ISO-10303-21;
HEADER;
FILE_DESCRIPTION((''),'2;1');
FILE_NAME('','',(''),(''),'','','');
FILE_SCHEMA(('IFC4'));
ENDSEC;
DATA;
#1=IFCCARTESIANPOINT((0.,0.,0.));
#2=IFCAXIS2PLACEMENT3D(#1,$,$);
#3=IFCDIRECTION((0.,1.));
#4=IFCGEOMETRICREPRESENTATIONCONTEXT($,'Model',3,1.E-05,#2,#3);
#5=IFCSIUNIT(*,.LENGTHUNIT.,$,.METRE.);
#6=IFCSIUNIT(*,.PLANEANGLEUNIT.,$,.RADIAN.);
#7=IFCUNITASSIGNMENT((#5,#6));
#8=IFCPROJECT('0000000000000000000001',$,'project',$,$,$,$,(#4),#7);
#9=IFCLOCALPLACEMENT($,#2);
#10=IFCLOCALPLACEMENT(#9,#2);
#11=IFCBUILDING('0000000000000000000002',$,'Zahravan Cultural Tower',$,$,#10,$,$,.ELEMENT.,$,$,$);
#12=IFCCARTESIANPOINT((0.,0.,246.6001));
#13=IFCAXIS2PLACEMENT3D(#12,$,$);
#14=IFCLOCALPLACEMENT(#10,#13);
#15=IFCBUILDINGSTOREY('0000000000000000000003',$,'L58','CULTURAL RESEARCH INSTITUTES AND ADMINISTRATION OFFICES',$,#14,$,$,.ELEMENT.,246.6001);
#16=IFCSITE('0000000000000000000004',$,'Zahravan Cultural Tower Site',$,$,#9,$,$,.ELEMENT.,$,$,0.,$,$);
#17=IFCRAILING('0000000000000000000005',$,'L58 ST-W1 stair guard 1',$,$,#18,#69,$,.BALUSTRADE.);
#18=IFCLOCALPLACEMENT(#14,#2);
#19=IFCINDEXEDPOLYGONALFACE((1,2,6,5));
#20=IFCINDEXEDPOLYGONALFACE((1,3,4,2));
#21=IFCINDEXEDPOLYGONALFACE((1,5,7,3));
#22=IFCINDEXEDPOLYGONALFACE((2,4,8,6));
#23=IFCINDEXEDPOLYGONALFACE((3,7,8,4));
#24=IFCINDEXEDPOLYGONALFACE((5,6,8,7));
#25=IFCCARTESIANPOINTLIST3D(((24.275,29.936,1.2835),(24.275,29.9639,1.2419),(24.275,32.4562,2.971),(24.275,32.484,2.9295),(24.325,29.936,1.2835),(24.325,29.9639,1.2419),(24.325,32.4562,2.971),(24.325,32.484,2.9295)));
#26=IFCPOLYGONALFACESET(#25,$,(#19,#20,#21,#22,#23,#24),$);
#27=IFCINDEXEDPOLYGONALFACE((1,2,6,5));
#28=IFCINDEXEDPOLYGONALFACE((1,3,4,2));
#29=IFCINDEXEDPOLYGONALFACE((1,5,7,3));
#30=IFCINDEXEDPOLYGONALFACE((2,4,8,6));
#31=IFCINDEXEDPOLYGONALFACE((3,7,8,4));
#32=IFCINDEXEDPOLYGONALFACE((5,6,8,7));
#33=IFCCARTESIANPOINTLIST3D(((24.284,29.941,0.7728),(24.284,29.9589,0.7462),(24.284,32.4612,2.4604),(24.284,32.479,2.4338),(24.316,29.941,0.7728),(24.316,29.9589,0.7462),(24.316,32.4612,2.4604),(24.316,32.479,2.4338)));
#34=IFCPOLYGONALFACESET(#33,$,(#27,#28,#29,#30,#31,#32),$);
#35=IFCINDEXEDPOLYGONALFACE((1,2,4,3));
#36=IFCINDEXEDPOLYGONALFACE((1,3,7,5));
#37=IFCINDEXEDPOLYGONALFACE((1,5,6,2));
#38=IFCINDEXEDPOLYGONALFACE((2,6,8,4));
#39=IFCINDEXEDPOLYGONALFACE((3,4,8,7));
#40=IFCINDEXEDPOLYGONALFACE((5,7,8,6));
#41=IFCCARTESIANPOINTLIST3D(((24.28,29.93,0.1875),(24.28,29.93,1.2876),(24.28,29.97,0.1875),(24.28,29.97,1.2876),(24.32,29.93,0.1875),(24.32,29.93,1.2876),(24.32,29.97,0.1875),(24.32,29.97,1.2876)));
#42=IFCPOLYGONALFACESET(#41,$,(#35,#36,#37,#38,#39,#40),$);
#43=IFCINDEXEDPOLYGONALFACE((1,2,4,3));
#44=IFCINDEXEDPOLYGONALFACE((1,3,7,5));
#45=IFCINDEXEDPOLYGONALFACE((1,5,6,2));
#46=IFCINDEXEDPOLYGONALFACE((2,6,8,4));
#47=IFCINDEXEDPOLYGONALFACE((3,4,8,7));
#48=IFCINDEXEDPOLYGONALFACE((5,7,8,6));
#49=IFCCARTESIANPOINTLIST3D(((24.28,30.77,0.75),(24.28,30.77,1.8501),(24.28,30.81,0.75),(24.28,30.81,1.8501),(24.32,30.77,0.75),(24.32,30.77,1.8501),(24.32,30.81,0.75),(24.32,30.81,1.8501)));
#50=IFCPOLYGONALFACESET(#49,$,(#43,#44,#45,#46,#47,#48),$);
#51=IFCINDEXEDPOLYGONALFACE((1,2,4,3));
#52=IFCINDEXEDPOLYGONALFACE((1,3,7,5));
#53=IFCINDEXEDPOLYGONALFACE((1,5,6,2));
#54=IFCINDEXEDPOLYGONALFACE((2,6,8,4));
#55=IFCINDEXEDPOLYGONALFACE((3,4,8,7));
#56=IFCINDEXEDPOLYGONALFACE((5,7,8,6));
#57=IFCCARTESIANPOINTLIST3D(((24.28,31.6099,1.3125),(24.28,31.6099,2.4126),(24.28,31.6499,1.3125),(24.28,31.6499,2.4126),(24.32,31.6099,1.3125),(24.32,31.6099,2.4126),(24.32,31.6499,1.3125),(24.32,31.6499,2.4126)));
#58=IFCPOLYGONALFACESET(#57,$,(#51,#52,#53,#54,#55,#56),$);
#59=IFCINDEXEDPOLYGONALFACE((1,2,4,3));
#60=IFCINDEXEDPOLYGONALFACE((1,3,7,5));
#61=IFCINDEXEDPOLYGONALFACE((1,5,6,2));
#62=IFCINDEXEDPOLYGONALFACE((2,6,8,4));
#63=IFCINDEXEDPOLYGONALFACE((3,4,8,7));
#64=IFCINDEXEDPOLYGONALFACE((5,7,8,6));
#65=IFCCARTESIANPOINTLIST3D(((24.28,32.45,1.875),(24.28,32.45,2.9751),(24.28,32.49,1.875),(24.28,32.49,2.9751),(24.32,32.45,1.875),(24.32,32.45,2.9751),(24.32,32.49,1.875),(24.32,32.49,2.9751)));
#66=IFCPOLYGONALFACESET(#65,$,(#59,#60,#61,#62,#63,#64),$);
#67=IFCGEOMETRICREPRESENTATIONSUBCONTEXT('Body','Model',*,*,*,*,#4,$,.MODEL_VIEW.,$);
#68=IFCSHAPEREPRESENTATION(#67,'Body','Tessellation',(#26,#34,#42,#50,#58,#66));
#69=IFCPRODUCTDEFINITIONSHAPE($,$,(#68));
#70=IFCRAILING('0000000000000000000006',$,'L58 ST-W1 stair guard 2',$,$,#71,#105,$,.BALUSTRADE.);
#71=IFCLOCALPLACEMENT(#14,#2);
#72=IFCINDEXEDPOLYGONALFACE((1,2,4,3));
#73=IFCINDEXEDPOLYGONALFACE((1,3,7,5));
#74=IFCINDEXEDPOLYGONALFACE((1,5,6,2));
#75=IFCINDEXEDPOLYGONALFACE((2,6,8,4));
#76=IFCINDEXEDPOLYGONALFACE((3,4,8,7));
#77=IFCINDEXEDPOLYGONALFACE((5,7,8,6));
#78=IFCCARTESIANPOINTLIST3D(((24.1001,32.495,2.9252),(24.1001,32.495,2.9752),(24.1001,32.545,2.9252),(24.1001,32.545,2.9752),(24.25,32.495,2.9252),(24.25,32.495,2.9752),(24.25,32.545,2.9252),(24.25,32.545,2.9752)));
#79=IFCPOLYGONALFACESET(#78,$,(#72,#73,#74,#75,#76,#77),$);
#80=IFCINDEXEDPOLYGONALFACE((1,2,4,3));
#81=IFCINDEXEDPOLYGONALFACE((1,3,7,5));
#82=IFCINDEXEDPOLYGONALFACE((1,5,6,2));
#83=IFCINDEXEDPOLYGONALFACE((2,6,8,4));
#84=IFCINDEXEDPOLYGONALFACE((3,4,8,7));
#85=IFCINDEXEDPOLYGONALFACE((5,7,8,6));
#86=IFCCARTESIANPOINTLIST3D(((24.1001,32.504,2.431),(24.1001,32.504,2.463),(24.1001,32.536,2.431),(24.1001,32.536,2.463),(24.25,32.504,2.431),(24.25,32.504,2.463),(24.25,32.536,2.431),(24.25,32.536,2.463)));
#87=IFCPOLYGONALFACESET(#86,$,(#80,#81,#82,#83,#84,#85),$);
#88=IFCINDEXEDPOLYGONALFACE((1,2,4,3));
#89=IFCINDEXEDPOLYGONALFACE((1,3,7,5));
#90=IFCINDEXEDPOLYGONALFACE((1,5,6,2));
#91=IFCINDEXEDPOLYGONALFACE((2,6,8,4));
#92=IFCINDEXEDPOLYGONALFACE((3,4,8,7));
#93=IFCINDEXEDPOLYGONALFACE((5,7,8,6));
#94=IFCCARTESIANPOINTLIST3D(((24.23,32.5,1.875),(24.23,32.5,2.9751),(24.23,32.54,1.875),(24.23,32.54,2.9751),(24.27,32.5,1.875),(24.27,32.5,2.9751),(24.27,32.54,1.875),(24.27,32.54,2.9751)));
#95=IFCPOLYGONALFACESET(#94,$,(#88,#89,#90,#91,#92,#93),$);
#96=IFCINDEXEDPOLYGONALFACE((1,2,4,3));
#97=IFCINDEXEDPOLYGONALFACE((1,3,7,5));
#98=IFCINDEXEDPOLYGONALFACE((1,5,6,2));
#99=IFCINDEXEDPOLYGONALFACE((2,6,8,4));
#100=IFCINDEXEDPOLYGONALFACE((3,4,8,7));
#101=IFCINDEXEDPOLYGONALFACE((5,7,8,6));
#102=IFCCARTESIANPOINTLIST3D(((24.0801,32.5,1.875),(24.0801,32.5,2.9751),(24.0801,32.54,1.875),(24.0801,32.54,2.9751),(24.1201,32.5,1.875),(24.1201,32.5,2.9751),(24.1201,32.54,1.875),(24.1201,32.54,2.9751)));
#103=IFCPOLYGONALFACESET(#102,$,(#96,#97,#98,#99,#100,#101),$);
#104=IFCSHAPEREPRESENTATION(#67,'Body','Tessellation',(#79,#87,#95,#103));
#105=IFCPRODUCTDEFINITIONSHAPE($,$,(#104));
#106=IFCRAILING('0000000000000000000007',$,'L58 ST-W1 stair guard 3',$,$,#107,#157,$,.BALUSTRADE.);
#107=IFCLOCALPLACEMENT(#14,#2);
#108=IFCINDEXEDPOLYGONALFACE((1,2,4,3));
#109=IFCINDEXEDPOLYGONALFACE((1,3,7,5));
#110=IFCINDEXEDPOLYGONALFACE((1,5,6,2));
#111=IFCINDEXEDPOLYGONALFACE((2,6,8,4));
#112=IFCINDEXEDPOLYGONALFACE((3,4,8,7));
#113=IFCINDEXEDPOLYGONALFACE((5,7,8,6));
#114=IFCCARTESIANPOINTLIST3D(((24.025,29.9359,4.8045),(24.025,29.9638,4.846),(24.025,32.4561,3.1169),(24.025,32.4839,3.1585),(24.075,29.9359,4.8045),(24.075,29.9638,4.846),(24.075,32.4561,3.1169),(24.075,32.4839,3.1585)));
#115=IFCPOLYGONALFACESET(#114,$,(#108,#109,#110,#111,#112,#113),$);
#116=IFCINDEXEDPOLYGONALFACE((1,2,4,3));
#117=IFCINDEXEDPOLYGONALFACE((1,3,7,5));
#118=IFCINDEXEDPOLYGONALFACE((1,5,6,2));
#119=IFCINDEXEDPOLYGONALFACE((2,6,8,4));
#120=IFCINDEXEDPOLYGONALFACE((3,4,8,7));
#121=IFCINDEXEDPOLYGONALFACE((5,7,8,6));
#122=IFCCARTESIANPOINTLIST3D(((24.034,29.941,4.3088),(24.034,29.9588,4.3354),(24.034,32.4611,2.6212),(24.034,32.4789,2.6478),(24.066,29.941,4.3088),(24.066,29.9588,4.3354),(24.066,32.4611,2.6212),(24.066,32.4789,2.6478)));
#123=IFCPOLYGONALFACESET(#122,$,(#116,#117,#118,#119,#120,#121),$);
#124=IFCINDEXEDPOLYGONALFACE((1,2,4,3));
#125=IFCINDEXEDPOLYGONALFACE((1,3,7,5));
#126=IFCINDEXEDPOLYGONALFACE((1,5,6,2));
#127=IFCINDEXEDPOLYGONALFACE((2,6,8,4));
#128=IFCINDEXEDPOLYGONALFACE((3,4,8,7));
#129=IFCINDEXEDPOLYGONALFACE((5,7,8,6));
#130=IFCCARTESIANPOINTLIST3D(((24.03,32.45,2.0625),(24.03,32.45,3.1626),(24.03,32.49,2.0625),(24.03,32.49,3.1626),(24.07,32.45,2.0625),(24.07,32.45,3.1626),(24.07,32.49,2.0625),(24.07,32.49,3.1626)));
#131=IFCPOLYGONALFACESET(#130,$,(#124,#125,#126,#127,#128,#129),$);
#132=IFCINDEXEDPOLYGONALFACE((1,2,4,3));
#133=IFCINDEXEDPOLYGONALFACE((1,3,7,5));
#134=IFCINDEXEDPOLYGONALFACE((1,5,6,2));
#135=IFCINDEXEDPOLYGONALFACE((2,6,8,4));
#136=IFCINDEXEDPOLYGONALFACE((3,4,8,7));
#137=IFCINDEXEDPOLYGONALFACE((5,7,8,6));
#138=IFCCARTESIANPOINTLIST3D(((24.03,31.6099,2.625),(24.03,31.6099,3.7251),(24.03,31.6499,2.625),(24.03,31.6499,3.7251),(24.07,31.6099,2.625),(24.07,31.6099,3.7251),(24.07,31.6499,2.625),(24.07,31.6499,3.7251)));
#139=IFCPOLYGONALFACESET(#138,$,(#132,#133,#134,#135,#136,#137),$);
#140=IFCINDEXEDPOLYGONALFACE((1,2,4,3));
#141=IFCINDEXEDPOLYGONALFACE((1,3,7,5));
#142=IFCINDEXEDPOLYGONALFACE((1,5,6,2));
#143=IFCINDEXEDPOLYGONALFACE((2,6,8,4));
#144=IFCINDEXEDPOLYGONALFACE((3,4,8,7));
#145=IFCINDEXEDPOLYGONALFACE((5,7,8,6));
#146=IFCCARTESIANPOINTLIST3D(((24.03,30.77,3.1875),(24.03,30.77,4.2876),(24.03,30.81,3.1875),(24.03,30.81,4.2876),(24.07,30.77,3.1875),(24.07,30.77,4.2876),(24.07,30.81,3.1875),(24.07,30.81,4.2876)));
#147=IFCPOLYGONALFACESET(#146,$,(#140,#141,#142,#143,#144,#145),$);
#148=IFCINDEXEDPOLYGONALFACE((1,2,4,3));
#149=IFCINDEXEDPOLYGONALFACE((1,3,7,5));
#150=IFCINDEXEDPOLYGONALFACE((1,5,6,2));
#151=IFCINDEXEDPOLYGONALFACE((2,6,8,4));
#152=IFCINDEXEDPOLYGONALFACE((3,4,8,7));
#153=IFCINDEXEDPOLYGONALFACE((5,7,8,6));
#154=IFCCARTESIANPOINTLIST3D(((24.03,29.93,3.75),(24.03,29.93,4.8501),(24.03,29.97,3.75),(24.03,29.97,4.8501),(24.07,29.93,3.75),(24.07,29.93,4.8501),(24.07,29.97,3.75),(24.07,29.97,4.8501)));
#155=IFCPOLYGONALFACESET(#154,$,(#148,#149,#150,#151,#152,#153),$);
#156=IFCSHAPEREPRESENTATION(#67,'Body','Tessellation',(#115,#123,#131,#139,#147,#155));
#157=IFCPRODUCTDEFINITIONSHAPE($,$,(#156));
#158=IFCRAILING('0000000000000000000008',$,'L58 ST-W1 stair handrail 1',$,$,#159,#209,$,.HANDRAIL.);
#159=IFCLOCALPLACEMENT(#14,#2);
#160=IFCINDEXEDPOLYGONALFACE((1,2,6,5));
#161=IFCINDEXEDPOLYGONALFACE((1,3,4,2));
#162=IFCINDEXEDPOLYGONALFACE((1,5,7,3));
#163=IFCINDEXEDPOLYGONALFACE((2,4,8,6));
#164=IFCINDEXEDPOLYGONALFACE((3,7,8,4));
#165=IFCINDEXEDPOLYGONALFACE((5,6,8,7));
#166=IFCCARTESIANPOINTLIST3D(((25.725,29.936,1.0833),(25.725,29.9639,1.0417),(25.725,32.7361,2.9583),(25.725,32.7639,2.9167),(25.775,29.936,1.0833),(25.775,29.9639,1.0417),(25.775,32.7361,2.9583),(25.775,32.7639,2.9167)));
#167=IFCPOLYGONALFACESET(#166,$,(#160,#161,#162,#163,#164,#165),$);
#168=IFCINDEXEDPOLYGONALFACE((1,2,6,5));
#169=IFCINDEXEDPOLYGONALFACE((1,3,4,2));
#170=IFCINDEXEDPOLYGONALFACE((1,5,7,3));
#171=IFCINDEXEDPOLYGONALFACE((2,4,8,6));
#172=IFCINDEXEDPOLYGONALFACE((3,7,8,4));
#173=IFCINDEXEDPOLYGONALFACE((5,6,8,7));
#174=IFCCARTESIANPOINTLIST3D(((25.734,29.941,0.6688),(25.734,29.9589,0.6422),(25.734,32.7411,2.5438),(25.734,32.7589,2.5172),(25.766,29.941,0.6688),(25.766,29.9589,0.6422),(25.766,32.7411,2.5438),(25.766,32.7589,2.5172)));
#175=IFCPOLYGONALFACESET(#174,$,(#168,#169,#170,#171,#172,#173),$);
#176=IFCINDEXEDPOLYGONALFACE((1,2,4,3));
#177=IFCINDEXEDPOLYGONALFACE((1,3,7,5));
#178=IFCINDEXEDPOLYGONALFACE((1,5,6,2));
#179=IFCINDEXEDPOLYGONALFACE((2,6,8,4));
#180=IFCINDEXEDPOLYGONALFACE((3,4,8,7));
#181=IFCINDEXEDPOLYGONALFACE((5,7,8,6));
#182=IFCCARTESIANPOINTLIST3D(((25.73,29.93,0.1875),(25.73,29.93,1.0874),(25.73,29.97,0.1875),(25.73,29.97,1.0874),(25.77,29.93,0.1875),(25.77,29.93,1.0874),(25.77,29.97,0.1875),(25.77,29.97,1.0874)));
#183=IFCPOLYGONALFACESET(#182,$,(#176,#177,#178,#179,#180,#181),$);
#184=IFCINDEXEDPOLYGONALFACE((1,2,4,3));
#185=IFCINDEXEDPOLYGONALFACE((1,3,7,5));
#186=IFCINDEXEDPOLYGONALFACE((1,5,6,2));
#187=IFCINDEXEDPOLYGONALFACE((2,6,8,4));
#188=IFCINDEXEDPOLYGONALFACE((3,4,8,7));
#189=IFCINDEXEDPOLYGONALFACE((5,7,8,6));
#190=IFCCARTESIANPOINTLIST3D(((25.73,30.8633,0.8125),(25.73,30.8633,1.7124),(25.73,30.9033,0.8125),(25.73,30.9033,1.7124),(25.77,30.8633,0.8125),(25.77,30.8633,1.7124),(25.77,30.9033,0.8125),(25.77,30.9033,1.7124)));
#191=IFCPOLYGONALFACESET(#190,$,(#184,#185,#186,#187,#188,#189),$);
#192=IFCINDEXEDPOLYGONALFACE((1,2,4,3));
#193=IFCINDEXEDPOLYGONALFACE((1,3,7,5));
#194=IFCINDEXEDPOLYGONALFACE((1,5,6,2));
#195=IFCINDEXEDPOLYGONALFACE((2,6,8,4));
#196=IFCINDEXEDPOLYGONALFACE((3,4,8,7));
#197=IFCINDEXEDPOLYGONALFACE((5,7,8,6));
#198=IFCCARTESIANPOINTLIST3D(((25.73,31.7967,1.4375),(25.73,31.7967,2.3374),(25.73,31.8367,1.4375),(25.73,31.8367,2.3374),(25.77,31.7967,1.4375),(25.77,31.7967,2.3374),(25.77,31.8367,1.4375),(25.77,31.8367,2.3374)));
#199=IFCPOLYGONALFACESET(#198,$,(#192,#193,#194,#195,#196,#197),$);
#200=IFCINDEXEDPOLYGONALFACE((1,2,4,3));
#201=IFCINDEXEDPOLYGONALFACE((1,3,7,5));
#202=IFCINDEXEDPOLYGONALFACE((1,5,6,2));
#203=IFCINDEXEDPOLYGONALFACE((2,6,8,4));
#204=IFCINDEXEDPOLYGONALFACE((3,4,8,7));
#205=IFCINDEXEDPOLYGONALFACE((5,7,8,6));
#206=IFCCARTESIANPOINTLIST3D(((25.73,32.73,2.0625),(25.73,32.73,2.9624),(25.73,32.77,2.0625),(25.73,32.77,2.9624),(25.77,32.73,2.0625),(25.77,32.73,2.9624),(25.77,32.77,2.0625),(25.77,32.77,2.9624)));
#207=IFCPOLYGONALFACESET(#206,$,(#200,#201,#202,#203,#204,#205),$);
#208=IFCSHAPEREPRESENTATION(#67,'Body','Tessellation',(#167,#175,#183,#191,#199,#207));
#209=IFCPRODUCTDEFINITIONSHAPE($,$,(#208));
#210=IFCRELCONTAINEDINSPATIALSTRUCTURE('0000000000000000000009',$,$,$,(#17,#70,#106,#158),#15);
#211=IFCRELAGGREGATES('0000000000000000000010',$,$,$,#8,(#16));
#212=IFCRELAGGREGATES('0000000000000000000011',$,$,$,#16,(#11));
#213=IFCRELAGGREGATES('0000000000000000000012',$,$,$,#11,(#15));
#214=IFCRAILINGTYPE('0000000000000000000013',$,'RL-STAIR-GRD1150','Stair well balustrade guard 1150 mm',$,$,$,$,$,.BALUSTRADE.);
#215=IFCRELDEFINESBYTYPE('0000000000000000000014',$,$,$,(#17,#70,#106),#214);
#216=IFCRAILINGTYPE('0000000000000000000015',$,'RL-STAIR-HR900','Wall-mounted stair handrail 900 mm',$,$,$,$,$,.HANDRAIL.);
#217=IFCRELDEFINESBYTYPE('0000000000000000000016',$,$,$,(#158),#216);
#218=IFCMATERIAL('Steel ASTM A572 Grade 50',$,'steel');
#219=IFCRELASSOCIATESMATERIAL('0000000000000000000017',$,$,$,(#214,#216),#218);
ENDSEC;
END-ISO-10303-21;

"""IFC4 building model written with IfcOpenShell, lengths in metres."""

from ifc_helpers import new_model, si_unit, direction, frame, origin, origin_2d, place, context, subcontext, project, spatial, rectangle, extrude, material, type_object, element, save


model = new_model("IFC4")

# Units and contexts
model_context = context("Model", 3, precision=1e-05, world=origin(), true_north=direction((0.0, 1.0)))
body_context = subcontext(model_context, "Body", "Model", "MODEL_VIEW")
ifc_project = project(units=[si_unit("LENGTHUNIT", "METRE"), si_unit("PLANEANGLEUNIT", "RADIAN")], contexts=[model_context])

# Site, building, storey
site_placement = place(None, origin())
site = spatial("IfcSite", under=ifc_project, at=site_placement, Name="Zahravan Cultural Tower Site", CompositionType="ELEMENT", RefElevation=0.0)
building_placement = place(site_placement, origin())
building = spatial("IfcBuilding", under=site, at=building_placement, Name="Zahravan Cultural Tower", CompositionType="ELEMENT")
storey_placement = place(building_placement, frame((0.0, 0.0, 246.6001)))
storey = spatial("IfcBuildingStorey", under=building, at=storey_placement, Name="L58", Description="CULTURAL RESEARCH INSTITUTES AND ADMINISTRATION OFFICES", CompositionType="ELEMENT", Elevation=246.6001)

# Railings
ifc_material_1 = material(Name="Steel ASTM A572 Grade 50", Category="steel")
railing_type_1 = type_object("IfcRailingType", Name="RL-STAIR-GRD1150", Description="Stair well balustrade guard 1150 mm", PredefinedType="BALUSTRADE", material=ifc_material_1)
railing_1_placement = place(storey_placement, frame((24.3, 29.95, 0.1875)))
element("IfcRailing", 1, at=railing_1_placement, inside=storey, type_object=railing_type_1, Name="L58 ST-W1 stair guard 1", PredefinedType="BALUSTRADE", context=body_context, shape_type="SweptSolid", body=[
    extrude(rectangle(XDim=0.05, YDim=0.05, at=origin_2d()), frame((0.0, 0.0, 1.0752), z_axis=(0.0, 0.830909, 0.556408), x_axis=(-1.0, 0.0, 0.0)), (0.0, 0.0, 1.0), 3.033),
    extrude(rectangle(XDim=0.032, YDim=0.032, at=origin_2d()), frame((0.0, 0.0, 0.572), z_axis=(0.0, 0.830909, 0.556408), x_axis=(-1.0, 0.0, 0.0)), (0.0, 0.0, 1.0), 3.033),
    extrude(rectangle(XDim=0.04, YDim=0.04, at=origin_2d()), origin(), (0.0, 0.0, 1.0), 1.1001),
    extrude(rectangle(XDim=0.04, YDim=0.04, at=origin_2d()), frame((0.0, 0.8401, 0.5625)), (0.0, 0.0, 1.0), 1.1001),
    extrude(rectangle(XDim=0.04, YDim=0.04, at=origin_2d()), frame((0.0, 1.6799, 1.125)), (0.0, 0.0, 1.0), 1.1001),
    extrude(rectangle(XDim=0.04, YDim=0.04, at=origin_2d()), frame((0.0, 2.52, 1.6875)), (0.0, 0.0, 1.0), 1.1001),
])
railing_2_placement = place(storey_placement, frame((24.25, 32.52, 1.875)))
element("IfcRailing", 2, at=railing_2_placement, inside=storey, type_object=railing_type_1, Name="L58 ST-W1 stair guard 2", PredefinedType="BALUSTRADE", context=body_context, shape_type="SweptSolid", body=[
    extrude(rectangle(XDim=0.05, YDim=0.05, at=origin_2d()), frame((0.0, 0.0, 1.0752), z_axis=(-1.0, 0.0, 0.0), x_axis=(0.0, -1.0, 0.0)), (0.0, 0.0, 1.0), 0.1499),
    extrude(rectangle(XDim=0.032, YDim=0.032, at=origin_2d()), frame((0.0, 0.0, 0.572), z_axis=(-1.0, 0.0, 0.0), x_axis=(0.0, -1.0, 0.0)), (0.0, 0.0, 1.0), 0.1499),
    extrude(rectangle(XDim=0.04, YDim=0.04, at=origin_2d()), origin(), (0.0, 0.0, 1.0), 1.1001),
    extrude(rectangle(XDim=0.04, YDim=0.04, at=origin_2d()), frame((-0.1499, 0.0, 0.0)), (0.0, 0.0, 1.0), 1.1001),
])
railing_3_placement = place(storey_placement, frame((24.05, 32.47, 2.0625)))
element("IfcRailing", 3, at=railing_3_placement, inside=storey, type_object=railing_type_1, Name="L58 ST-W1 stair guard 3", PredefinedType="BALUSTRADE", context=body_context, shape_type="SweptSolid", body=[
    extrude(rectangle(XDim=0.05, YDim=0.05, at=origin_2d()), frame((0.0, 0.0, 1.0752), z_axis=(0.0, -0.830909, 0.556408), x_axis=(1.0, 0.0, 0.0)), (0.0, 0.0, 1.0), 3.033),
    extrude(rectangle(XDim=0.032, YDim=0.032, at=origin_2d()), frame((0.0, 0.0, 0.572), z_axis=(0.0, -0.830909, 0.556408), x_axis=(1.0, 0.0, 0.0)), (0.0, 0.0, 1.0), 3.033),
    extrude(rectangle(XDim=0.04, YDim=0.04, at=origin_2d()), origin(), (0.0, 0.0, 1.0), 1.1001),
    extrude(rectangle(XDim=0.04, YDim=0.04, at=origin_2d()), frame((0.0, -0.8401, 0.5625)), (0.0, 0.0, 1.0), 1.1001),
    extrude(rectangle(XDim=0.04, YDim=0.04, at=origin_2d()), frame((0.0, -1.6799, 1.125)), (0.0, 0.0, 1.0), 1.1001),
    extrude(rectangle(XDim=0.04, YDim=0.04, at=origin_2d()), frame((0.0, -2.52, 1.6875)), (0.0, 0.0, 1.0), 1.1001),
])
railing_type_2 = type_object("IfcRailingType", Name="RL-STAIR-HR900", Description="Wall-mounted stair handrail 900 mm", PredefinedType="HANDRAIL", material=ifc_material_1)
railing_4_placement = place(storey_placement, frame((25.75, 29.95, 0.1875)))
element("IfcRailing", 4, at=railing_4_placement, inside=storey, type_object=railing_type_2, Name="L58 ST-W1 stair handrail 1", PredefinedType="HANDRAIL", context=body_context, shape_type="SweptSolid", body=[
    extrude(rectangle(XDim=0.05, YDim=0.05, at=origin_2d()), frame((0.0, 0.0, 0.875), z_axis=(0.0, 0.830912, 0.556404), x_axis=(-1.0, 0.0, 0.0)), (0.0, 0.0, 1.0), 3.3699),
    extrude(rectangle(XDim=0.032, YDim=0.032, at=origin_2d()), frame((0.0, 0.0, 0.468), z_axis=(0.0, 0.830912, 0.556404), x_axis=(-1.0, 0.0, 0.0)), (0.0, 0.0, 1.0), 3.3699),
    extrude(rectangle(XDim=0.04, YDim=0.04, at=origin_2d()), origin(), (0.0, 0.0, 1.0), 0.8999),
    extrude(rectangle(XDim=0.04, YDim=0.04, at=origin_2d()), frame((0.0, 0.9333, 0.625)), (0.0, 0.0, 1.0), 0.8999),
    extrude(rectangle(XDim=0.04, YDim=0.04, at=origin_2d()), frame((0.0, 1.8667, 1.25)), (0.0, 0.0, 1.0), 0.8999),
    extrude(rectangle(XDim=0.04, YDim=0.04, at=origin_2d()), frame((0.0, 2.8, 1.875)), (0.0, 0.0, 1.0), 0.8999),
])

save(model, "model.ifc")
